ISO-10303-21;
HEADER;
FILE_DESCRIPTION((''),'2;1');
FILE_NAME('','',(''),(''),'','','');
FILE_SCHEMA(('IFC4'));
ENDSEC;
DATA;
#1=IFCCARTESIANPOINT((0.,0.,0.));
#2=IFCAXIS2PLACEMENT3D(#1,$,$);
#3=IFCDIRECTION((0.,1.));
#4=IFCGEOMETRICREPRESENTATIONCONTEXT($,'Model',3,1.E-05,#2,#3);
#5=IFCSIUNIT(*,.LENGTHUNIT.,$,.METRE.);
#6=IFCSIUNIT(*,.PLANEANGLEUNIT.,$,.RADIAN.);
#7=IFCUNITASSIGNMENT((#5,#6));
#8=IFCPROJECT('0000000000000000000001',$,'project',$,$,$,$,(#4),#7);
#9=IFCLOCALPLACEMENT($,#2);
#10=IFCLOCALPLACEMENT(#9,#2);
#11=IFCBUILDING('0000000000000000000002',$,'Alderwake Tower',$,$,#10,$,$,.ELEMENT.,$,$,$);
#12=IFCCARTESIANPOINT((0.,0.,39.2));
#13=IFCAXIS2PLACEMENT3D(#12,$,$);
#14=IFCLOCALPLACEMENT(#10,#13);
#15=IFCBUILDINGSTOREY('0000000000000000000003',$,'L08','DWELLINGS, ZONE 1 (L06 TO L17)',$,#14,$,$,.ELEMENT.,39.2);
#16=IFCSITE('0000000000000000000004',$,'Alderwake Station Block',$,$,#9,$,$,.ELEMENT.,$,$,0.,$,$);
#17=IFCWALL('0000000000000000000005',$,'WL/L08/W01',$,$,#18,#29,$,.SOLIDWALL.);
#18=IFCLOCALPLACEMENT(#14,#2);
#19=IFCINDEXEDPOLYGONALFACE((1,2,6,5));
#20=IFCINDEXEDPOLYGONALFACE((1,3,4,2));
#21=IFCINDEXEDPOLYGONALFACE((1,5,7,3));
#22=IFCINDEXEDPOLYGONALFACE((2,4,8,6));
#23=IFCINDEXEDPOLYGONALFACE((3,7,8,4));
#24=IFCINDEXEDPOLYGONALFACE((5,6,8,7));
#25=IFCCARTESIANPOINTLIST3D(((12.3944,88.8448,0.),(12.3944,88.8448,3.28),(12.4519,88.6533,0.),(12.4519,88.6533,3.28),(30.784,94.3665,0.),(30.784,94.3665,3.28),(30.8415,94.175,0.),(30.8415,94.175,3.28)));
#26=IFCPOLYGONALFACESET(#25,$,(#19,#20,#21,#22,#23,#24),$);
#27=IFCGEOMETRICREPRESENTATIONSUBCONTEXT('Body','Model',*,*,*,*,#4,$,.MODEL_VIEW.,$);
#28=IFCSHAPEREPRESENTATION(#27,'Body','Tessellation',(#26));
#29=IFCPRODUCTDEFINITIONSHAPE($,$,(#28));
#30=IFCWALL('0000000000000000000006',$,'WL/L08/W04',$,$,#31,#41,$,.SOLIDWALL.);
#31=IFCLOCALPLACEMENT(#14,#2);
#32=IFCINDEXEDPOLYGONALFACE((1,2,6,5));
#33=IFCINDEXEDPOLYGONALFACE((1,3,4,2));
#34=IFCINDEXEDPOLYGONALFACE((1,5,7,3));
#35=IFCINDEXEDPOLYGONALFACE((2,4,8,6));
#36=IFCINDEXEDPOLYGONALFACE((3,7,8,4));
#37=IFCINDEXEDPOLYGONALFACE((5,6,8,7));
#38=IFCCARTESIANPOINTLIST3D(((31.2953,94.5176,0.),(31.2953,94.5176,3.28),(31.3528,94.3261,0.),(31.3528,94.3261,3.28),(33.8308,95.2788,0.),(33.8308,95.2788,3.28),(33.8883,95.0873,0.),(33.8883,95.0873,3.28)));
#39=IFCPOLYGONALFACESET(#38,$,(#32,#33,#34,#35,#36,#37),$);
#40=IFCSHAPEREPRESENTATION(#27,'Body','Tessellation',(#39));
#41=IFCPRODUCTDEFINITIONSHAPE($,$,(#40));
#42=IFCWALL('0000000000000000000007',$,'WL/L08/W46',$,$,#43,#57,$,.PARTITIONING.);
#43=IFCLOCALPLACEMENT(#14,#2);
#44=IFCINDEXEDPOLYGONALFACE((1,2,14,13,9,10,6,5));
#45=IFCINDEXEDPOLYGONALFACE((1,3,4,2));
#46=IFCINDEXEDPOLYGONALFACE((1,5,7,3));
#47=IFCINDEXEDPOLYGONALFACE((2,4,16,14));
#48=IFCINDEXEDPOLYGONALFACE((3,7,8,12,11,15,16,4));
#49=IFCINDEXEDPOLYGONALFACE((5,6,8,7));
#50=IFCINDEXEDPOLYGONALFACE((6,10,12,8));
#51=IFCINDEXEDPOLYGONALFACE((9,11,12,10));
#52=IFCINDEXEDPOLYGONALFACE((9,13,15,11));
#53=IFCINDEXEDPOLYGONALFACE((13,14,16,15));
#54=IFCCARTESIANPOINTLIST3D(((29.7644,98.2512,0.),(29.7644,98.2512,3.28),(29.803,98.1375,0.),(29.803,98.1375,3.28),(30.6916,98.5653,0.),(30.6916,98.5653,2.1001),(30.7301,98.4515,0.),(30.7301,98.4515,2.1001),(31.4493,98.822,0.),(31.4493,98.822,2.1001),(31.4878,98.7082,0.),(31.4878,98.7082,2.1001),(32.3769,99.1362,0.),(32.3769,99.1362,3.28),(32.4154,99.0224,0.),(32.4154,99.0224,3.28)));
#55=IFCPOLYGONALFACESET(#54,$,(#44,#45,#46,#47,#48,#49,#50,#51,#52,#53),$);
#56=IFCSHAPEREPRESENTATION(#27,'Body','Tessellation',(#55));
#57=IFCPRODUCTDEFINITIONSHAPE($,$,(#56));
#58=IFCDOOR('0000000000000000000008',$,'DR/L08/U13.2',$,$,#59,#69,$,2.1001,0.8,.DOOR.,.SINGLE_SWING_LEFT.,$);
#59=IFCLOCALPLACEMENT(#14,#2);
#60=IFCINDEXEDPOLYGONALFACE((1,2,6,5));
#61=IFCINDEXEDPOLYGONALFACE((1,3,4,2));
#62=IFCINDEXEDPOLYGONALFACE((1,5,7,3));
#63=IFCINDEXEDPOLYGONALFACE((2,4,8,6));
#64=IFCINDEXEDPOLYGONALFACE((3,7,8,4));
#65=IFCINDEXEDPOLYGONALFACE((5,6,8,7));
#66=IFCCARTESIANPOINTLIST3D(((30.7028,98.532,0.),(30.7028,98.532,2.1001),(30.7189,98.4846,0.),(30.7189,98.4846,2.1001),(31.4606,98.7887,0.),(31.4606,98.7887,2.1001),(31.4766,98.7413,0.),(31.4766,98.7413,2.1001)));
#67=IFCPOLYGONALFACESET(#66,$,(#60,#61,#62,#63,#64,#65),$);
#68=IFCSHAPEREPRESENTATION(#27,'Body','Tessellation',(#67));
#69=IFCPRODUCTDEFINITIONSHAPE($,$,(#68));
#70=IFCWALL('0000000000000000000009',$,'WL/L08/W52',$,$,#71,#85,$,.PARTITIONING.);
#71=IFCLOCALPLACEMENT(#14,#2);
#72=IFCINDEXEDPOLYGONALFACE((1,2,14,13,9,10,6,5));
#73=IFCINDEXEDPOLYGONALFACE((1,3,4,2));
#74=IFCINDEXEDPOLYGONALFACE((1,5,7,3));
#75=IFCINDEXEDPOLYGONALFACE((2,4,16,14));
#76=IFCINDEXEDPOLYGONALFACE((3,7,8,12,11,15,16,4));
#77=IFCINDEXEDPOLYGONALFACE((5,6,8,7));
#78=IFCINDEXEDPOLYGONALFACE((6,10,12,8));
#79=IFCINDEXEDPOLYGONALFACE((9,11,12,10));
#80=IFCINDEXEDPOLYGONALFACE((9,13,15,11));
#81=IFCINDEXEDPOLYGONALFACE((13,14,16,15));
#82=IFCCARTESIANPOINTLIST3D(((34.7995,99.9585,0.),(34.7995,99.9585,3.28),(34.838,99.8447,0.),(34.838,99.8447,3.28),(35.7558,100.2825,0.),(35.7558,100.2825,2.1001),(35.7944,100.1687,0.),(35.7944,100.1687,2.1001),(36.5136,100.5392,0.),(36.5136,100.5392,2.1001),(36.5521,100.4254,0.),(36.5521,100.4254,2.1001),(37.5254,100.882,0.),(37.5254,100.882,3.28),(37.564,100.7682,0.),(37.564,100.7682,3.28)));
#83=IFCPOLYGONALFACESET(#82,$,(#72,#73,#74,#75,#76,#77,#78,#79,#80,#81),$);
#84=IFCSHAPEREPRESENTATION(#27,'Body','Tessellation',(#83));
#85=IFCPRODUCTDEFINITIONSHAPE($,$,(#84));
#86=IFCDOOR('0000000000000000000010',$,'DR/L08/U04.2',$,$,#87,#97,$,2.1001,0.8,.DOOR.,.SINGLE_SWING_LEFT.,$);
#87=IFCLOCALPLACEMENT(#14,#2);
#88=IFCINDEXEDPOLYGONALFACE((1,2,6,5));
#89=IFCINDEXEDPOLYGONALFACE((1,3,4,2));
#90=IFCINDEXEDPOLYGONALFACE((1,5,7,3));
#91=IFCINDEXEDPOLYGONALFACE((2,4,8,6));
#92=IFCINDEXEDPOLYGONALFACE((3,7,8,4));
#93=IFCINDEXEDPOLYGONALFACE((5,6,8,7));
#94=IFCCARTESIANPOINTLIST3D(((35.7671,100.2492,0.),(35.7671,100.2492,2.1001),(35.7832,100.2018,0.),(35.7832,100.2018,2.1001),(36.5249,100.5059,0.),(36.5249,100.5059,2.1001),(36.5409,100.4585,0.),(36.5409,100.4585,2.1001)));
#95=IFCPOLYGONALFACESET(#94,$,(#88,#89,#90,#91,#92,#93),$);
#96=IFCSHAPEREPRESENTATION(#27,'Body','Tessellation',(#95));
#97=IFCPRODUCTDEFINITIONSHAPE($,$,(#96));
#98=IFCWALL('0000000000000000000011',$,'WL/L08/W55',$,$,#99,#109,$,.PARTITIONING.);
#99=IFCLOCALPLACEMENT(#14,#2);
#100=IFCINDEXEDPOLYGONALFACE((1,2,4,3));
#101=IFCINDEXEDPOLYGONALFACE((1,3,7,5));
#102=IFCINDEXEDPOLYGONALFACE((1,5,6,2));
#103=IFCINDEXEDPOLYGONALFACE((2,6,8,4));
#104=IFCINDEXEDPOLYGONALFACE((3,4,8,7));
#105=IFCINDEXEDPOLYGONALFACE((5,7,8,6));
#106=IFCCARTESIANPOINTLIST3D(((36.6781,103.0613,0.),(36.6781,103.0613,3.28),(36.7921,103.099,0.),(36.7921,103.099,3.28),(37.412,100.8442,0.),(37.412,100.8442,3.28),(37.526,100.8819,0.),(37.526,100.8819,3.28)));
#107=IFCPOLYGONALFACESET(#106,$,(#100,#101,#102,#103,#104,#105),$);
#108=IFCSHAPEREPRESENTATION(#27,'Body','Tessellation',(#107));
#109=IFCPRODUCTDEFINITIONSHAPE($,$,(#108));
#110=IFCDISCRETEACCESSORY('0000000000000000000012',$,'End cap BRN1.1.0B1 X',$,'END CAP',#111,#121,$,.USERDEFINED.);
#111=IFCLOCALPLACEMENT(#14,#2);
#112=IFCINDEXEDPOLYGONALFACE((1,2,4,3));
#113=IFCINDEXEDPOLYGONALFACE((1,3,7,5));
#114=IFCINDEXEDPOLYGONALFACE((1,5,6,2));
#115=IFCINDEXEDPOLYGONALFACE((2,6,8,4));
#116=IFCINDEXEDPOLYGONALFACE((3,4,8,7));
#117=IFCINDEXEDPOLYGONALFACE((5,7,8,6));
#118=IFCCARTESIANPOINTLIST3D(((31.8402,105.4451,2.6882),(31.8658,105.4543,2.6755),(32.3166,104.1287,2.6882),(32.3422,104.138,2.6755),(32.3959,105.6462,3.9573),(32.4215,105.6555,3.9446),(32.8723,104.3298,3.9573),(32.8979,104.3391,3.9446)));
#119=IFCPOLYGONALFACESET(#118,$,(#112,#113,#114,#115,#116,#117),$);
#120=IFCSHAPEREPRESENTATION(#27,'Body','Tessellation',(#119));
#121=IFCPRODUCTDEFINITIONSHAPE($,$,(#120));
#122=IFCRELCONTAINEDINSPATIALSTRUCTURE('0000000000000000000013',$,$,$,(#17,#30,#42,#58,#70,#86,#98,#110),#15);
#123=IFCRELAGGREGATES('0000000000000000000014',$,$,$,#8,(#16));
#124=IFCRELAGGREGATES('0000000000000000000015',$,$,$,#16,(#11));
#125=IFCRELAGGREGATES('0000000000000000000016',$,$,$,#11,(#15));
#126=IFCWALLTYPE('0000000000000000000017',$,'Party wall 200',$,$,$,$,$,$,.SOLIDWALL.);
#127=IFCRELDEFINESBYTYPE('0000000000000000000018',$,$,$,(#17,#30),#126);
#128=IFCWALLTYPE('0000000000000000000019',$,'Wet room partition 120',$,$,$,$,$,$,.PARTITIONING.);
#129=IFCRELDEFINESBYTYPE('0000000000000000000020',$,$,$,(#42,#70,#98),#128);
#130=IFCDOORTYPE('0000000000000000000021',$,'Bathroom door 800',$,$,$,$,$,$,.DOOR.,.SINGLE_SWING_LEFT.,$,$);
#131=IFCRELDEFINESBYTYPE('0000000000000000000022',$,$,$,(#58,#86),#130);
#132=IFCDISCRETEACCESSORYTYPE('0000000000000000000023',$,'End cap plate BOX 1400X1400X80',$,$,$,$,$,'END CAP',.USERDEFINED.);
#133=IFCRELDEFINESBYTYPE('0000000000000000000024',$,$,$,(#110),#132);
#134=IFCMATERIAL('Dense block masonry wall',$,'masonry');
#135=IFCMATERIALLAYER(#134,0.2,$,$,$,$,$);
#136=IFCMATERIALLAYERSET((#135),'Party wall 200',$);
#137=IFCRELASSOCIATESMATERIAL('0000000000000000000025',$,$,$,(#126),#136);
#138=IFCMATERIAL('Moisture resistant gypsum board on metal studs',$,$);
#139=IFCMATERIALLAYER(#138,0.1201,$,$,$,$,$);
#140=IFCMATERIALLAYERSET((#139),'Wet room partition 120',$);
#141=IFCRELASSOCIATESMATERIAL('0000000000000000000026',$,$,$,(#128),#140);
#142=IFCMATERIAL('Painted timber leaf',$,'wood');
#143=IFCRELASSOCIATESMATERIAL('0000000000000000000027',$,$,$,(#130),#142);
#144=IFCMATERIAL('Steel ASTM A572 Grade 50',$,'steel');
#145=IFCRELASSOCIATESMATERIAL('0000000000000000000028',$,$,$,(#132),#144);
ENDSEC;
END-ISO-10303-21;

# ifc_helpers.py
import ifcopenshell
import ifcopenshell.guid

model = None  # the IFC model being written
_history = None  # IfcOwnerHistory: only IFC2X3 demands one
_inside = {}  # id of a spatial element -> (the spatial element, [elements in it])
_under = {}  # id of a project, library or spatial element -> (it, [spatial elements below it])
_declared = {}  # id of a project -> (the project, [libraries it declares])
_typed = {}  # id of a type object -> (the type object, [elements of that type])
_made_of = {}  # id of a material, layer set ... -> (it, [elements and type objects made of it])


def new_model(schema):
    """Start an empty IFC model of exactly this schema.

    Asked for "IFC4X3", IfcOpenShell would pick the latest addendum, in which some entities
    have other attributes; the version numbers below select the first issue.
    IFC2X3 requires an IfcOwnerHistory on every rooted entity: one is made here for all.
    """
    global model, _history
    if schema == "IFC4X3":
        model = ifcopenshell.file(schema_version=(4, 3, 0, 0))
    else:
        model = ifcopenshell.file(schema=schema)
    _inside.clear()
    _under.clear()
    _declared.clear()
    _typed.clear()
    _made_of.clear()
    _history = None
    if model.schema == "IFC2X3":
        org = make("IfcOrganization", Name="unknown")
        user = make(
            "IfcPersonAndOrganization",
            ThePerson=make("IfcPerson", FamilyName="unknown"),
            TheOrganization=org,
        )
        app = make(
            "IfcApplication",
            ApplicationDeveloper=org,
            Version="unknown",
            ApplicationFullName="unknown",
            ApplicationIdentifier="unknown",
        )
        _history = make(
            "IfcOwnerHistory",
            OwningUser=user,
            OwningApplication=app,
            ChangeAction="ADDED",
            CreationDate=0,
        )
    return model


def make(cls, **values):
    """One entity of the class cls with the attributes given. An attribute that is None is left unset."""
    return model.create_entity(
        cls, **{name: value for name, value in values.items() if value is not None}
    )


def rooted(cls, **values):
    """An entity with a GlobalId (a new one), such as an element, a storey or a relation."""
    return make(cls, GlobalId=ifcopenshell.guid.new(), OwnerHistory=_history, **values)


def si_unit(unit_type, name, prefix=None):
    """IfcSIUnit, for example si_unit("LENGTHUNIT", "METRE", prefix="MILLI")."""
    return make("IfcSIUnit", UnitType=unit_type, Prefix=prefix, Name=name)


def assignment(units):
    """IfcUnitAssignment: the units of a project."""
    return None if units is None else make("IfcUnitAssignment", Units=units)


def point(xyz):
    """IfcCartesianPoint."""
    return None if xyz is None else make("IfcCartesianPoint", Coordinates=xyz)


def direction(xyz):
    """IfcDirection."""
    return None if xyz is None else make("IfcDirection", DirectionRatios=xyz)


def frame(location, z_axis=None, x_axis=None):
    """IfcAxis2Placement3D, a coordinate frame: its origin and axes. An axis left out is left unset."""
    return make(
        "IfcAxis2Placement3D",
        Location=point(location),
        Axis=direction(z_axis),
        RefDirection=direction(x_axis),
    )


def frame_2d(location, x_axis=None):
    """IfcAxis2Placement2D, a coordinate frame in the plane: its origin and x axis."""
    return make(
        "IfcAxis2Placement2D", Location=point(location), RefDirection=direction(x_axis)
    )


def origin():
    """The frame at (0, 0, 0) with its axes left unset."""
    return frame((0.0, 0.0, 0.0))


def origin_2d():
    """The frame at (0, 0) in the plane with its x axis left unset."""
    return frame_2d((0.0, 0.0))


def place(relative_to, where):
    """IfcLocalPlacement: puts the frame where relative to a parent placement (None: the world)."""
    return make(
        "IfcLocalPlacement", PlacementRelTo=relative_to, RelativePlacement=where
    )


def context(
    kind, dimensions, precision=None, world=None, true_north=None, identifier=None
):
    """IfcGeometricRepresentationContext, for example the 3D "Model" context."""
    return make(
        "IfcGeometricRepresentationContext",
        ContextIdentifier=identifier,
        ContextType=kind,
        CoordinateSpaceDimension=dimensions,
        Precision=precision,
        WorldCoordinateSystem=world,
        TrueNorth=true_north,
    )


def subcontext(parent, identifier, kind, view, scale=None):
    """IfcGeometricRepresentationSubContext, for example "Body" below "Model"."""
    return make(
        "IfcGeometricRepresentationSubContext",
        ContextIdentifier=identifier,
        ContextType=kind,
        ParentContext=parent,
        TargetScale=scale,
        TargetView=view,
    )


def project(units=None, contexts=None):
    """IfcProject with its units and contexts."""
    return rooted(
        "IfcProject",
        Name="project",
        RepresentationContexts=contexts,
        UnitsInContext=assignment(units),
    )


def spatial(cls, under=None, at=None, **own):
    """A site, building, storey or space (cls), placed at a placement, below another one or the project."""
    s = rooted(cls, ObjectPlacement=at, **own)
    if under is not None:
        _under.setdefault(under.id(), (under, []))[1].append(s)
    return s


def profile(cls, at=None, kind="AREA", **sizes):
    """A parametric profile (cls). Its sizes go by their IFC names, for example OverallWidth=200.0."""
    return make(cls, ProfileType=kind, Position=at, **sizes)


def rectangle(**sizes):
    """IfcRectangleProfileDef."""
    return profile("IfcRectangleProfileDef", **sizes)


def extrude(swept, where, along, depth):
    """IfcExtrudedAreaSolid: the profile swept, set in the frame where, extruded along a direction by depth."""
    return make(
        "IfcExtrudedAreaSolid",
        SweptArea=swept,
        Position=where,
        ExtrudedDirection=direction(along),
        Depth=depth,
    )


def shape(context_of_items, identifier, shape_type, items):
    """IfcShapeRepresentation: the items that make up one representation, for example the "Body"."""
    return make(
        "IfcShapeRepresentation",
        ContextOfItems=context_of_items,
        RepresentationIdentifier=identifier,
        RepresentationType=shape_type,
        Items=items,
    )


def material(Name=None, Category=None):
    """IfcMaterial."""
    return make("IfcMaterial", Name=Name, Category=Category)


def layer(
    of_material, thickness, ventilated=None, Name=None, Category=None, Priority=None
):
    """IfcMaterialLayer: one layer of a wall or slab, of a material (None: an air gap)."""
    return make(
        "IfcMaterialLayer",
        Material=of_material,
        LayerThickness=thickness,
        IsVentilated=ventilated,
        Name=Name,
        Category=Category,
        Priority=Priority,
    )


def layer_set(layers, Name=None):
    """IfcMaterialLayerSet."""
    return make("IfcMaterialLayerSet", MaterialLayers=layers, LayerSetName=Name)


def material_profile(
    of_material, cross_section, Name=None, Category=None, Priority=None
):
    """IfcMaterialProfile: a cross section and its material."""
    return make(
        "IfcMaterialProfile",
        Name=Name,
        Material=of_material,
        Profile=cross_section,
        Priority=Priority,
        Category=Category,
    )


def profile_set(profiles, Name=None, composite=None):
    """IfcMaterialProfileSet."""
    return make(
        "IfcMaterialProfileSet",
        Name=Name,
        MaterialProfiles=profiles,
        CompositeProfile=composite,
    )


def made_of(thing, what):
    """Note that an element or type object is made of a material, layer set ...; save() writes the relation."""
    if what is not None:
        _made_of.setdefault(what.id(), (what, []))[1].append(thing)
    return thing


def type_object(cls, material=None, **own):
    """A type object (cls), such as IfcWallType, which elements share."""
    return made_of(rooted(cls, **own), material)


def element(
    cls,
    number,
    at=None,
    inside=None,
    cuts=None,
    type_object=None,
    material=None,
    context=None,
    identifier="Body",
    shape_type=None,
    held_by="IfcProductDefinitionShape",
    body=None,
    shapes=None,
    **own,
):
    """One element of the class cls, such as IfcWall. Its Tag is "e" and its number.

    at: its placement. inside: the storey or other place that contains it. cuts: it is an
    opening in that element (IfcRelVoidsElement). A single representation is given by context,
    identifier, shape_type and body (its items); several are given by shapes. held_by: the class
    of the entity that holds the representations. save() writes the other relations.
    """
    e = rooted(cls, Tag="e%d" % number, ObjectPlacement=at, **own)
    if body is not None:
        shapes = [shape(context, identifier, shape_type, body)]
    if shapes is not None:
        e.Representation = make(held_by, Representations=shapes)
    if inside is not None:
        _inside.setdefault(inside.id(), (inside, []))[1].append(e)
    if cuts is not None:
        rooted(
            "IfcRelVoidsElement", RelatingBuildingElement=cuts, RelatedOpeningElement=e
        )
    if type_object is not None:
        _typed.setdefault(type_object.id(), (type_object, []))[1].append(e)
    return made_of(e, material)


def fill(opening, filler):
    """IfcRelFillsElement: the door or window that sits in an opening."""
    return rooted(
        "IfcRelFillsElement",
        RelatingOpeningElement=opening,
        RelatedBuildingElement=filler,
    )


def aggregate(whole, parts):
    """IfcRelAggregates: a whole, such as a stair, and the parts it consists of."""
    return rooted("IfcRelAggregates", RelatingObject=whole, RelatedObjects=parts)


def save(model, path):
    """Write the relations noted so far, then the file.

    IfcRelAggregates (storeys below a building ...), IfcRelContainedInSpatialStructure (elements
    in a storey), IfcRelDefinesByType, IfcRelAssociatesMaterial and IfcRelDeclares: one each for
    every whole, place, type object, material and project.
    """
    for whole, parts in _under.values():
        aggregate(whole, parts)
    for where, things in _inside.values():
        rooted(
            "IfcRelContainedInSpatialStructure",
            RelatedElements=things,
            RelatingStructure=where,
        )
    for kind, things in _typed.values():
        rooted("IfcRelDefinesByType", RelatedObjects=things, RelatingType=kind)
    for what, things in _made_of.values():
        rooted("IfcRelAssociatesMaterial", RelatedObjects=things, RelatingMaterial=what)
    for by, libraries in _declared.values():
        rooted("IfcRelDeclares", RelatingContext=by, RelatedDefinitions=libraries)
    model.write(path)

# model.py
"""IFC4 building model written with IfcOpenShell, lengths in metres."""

from ifc_helpers import new_model, si_unit, direction, frame, frame_2d, origin, origin_2d, place, context, subcontext, project, spatial, rectangle, extrude, material, layer, layer_set, material_profile, profile_set, type_object, element, fill, save


model = new_model("IFC4")

# Units and contexts
model_context = context("Model", 3, precision=1e-05, world=origin(), true_north=direction((0.0, 1.0)))
body_context = subcontext(model_context, "Body", "Model", "MODEL_VIEW")
ifc_project = project(units=[si_unit("LENGTHUNIT", "METRE"), si_unit("PLANEANGLEUNIT", "RADIAN")], contexts=[model_context])

# Site, building, storey
site_placement = place(None, origin())
site = spatial("IfcSite", under=ifc_project, at=site_placement, Name="Alderwake Station Block", CompositionType="ELEMENT", RefElevation=0.0)
building_placement = place(site_placement, origin())
building = spatial("IfcBuilding", under=site, at=building_placement, Name="Alderwake Tower", CompositionType="ELEMENT")
storey_placement = place(building_placement, frame((0.0, 0.0, 39.2)))
storey = spatial("IfcBuildingStorey", under=building, at=storey_placement, Name="L08", Description="DWELLINGS, ZONE 1 (L06 TO L17)", CompositionType="ELEMENT", Elevation=39.2)

# Walls
ifc_material_1 = material(Name="Dense block masonry wall", Category="masonry")
ifc_layer_1 = layer(ifc_material_1, 0.2)
ifc_layer_set_1 = layer_set([ifc_layer_1], Name="Party wall 200")
wall_type_1 = type_object("IfcWallType", Name="Party wall 200", PredefinedType="SOLIDWALL", material=ifc_layer_set_1)
wall_1_placement = place(storey_placement, frame((30.8127, 94.2708, 0.0), z_axis=(0.0, 0.0, 1.0), x_axis=(-0.957757, -0.287579, 0.0)))
element("IfcWall", 1, at=wall_1_placement, inside=storey, type_object=wall_type_1, Name="WL/L08/W01", PredefinedType="SOLIDWALL", context=body_context, shape_type="SweptSolid", body=[
    extrude(rectangle(XDim=19.2007, YDim=0.2, at=frame_2d((9.6003, 0.0))), origin(), (0.0, 0.0, 1.0), 3.28),
])
wall_2_placement = place(storey_placement, frame((33.8596, 95.1831, 0.0), z_axis=(0.0, 0.0, 1.0), x_axis=(-0.957763, -0.287559, 0.0)))
element("IfcWall", 2, at=wall_2_placement, inside=storey, type_object=wall_type_1, Name="WL/L08/W04", PredefinedType="SOLIDWALL", context=body_context, shape_type="SweptSolid", body=[
    extrude(rectangle(XDim=2.6472, YDim=0.2, at=frame_2d((1.3237, 0.0))), origin(), (0.0, 0.0, 1.0), 3.28),
])

# Walls, openings, doors
ifc_material_2 = material(Name="Moisture resistant gypsum board on metal studs")
ifc_layer_2 = layer(ifc_material_2, 0.1201)
ifc_layer_set_2 = layer_set([ifc_layer_2], Name="Wet room partition 120")
wall_type_2 = type_object("IfcWallType", Name="Wet room partition 120", PredefinedType="PARTITIONING", material=ifc_layer_set_2)
wall_3_placement = place(storey_placement, frame((29.7837, 98.1943, 0.0), z_axis=(0.0, 0.0, 1.0), x_axis=(0.947132, 0.320844, 0.0)))
wall_3 = element("IfcWall", 3, at=wall_3_placement, inside=storey, type_object=wall_type_2, Name="WL/L08/W46", PredefinedType="PARTITIONING", context=body_context, shape_type="SweptSolid", body=[
    extrude(rectangle(XDim=2.7583, YDim=0.1201, at=frame_2d((1.3792, 0.0))), origin(), (0.0, 0.0, 1.0), 3.28),
])
opening_1_placement = place(wall_3_placement, frame((0.979, 0.0, 0.0)))
opening_1 = element("IfcOpeningElement", 4, at=opening_1_placement, cuts=wall_3, PredefinedType="OPENING", context=body_context, shape_type="SweptSolid", body=[
    extrude(rectangle(XDim=0.8, YDim=2.1001, at=frame_2d((0.3999, 1.05))), frame((0.0, 0.0701, 0.0), z_axis=(0.0, -1.0, 0.0), x_axis=(1.0, 0.0, 0.0)), (0.0, 0.0, 1.0), 0.1401),
])
ifc_material_3 = material(Name="Painted timber leaf", Category="wood")
door_type_1 = type_object("IfcDoorType", Name="Bathroom door 800", OperationType="SINGLE_SWING_LEFT", PredefinedType="DOOR", material=ifc_material_3)
door_1_placement = place(opening_1_placement, origin())
door_1 = element("IfcDoor", 5, at=door_1_placement, inside=storey, type_object=door_type_1, Name="DR/L08/U13.2", OperationType="SINGLE_SWING_LEFT", OverallHeight=2.1001, OverallWidth=0.8, PredefinedType="DOOR", context=body_context, shape_type="SweptSolid", body=[
    extrude(rectangle(XDim=0.8, YDim=2.1001, at=frame_2d((0.3999, 1.05))), frame((0.0, 0.0249, 0.0), z_axis=(0.0, -1.0, 0.0), x_axis=(1.0, 0.0, 0.0)), (0.0, 0.0, 1.0), 0.05),
])
fill(opening_1, door_1)
wall_4_placement = place(storey_placement, frame((34.8188, 99.9016, 0.0), z_axis=(0.0, 0.0, 1.0), x_axis=(0.94712, 0.320881, 0.0)))
wall_4 = element("IfcWall", 6, at=wall_4_placement, inside=storey, type_object=wall_type_2, Name="WL/L08/W52", PredefinedType="PARTITIONING", context=body_context, shape_type="SweptSolid", body=[
    extrude(rectangle(XDim=2.8782, YDim=0.1201, at=frame_2d((1.439, 0.0))), origin(), (0.0, 0.0, 1.0), 3.28),
])
opening_2_placement = place(wall_4_placement, frame((1.0098, 0.0, 0.0)))
opening_2 = element("IfcOpeningElement", 7, at=opening_2_placement, cuts=wall_4, PredefinedType="OPENING", context=body_context, shape_type="SweptSolid", body=[
    extrude(rectangle(XDim=0.8, YDim=2.1001, at=frame_2d((0.3999, 1.05))), frame((0.0, 0.0701, 0.0), z_axis=(0.0, -1.0, 0.0), x_axis=(1.0, 0.0, 0.0)), (0.0, 0.0, 1.0), 0.1401),
])
door_2_placement = place(opening_2_placement, origin())
door_2 = element("IfcDoor", 8, at=door_2_placement, inside=storey, type_object=door_type_1, Name="DR/L08/U04.2", OperationType="SINGLE_SWING_LEFT", OverallHeight=2.1001, OverallWidth=0.8, PredefinedType="DOOR", context=body_context, shape_type="SweptSolid", body=[
    extrude(rectangle(XDim=0.8, YDim=2.1001, at=frame_2d((0.3999, 1.05))), frame((0.0, 0.0249, 0.0), z_axis=(0.0, -1.0, 0.0), x_axis=(1.0, 0.0, 0.0)), (0.0, 0.0, 1.0), 0.05),
])
fill(opening_2, door_2)

# Wall
wall_5_placement = place(storey_placement, frame((37.469, 100.863, 0.0), z_axis=(0.0, 0.0, 1.0), x_axis=(-0.314251, 0.94934, 0.0)))
element("IfcWall", 9, at=wall_5_placement, inside=storey, type_object=wall_type_2, Name="WL/L08/W55", PredefinedType="PARTITIONING", context=body_context, shape_type="SweptSolid", body=[
    extrude(rectangle(XDim=2.3354, YDim=0.1201, at=frame_2d((1.1677, 0.0))), origin(), (0.0, 0.0, 1.0), 3.28),
])

# Discrete accessory
ifc_material_4 = material(Name="Steel ASTM A572 Grade 50", Category="steel")
ifc_material_profile_1 = material_profile(ifc_material_4, rectangle(XDim=1.3999, YDim=1.3999, at=origin_2d()), Name="BOX 1400X1400X80 cap")
ifc_profile_set_1 = profile_set([ifc_material_profile_1], Name="Steel ASTM A572 Grade 50")
discrete_accessory_type = type_object("IfcDiscreteAccessoryType", Name="End cap plate BOX 1400X1400X80", ElementType="END CAP", PredefinedType="USERDEFINED", material=ifc_profile_set_1)
discrete_accessory_placement = place(storey_placement, frame((32.3818, 104.8967, 3.3101), z_axis=(-0.85242, -0.308495, 0.422151), x_axis=(0.340305, -0.940315, 0.0)))
element("IfcDiscreteAccessory", 10, at=discrete_accessory_placement, inside=storey, type_object=discrete_accessory_type, Name="End cap BRN1.1.0B1 X", ObjectType="END CAP", PredefinedType="USERDEFINED", context=body_context, shape_type="SweptSolid", body=[
    extrude(rectangle(XDim=1.3999, YDim=1.3999, at=origin_2d()), origin(), (0.0, 0.0, 1.0), 0.03),
])

save(model, "model.ifc")
